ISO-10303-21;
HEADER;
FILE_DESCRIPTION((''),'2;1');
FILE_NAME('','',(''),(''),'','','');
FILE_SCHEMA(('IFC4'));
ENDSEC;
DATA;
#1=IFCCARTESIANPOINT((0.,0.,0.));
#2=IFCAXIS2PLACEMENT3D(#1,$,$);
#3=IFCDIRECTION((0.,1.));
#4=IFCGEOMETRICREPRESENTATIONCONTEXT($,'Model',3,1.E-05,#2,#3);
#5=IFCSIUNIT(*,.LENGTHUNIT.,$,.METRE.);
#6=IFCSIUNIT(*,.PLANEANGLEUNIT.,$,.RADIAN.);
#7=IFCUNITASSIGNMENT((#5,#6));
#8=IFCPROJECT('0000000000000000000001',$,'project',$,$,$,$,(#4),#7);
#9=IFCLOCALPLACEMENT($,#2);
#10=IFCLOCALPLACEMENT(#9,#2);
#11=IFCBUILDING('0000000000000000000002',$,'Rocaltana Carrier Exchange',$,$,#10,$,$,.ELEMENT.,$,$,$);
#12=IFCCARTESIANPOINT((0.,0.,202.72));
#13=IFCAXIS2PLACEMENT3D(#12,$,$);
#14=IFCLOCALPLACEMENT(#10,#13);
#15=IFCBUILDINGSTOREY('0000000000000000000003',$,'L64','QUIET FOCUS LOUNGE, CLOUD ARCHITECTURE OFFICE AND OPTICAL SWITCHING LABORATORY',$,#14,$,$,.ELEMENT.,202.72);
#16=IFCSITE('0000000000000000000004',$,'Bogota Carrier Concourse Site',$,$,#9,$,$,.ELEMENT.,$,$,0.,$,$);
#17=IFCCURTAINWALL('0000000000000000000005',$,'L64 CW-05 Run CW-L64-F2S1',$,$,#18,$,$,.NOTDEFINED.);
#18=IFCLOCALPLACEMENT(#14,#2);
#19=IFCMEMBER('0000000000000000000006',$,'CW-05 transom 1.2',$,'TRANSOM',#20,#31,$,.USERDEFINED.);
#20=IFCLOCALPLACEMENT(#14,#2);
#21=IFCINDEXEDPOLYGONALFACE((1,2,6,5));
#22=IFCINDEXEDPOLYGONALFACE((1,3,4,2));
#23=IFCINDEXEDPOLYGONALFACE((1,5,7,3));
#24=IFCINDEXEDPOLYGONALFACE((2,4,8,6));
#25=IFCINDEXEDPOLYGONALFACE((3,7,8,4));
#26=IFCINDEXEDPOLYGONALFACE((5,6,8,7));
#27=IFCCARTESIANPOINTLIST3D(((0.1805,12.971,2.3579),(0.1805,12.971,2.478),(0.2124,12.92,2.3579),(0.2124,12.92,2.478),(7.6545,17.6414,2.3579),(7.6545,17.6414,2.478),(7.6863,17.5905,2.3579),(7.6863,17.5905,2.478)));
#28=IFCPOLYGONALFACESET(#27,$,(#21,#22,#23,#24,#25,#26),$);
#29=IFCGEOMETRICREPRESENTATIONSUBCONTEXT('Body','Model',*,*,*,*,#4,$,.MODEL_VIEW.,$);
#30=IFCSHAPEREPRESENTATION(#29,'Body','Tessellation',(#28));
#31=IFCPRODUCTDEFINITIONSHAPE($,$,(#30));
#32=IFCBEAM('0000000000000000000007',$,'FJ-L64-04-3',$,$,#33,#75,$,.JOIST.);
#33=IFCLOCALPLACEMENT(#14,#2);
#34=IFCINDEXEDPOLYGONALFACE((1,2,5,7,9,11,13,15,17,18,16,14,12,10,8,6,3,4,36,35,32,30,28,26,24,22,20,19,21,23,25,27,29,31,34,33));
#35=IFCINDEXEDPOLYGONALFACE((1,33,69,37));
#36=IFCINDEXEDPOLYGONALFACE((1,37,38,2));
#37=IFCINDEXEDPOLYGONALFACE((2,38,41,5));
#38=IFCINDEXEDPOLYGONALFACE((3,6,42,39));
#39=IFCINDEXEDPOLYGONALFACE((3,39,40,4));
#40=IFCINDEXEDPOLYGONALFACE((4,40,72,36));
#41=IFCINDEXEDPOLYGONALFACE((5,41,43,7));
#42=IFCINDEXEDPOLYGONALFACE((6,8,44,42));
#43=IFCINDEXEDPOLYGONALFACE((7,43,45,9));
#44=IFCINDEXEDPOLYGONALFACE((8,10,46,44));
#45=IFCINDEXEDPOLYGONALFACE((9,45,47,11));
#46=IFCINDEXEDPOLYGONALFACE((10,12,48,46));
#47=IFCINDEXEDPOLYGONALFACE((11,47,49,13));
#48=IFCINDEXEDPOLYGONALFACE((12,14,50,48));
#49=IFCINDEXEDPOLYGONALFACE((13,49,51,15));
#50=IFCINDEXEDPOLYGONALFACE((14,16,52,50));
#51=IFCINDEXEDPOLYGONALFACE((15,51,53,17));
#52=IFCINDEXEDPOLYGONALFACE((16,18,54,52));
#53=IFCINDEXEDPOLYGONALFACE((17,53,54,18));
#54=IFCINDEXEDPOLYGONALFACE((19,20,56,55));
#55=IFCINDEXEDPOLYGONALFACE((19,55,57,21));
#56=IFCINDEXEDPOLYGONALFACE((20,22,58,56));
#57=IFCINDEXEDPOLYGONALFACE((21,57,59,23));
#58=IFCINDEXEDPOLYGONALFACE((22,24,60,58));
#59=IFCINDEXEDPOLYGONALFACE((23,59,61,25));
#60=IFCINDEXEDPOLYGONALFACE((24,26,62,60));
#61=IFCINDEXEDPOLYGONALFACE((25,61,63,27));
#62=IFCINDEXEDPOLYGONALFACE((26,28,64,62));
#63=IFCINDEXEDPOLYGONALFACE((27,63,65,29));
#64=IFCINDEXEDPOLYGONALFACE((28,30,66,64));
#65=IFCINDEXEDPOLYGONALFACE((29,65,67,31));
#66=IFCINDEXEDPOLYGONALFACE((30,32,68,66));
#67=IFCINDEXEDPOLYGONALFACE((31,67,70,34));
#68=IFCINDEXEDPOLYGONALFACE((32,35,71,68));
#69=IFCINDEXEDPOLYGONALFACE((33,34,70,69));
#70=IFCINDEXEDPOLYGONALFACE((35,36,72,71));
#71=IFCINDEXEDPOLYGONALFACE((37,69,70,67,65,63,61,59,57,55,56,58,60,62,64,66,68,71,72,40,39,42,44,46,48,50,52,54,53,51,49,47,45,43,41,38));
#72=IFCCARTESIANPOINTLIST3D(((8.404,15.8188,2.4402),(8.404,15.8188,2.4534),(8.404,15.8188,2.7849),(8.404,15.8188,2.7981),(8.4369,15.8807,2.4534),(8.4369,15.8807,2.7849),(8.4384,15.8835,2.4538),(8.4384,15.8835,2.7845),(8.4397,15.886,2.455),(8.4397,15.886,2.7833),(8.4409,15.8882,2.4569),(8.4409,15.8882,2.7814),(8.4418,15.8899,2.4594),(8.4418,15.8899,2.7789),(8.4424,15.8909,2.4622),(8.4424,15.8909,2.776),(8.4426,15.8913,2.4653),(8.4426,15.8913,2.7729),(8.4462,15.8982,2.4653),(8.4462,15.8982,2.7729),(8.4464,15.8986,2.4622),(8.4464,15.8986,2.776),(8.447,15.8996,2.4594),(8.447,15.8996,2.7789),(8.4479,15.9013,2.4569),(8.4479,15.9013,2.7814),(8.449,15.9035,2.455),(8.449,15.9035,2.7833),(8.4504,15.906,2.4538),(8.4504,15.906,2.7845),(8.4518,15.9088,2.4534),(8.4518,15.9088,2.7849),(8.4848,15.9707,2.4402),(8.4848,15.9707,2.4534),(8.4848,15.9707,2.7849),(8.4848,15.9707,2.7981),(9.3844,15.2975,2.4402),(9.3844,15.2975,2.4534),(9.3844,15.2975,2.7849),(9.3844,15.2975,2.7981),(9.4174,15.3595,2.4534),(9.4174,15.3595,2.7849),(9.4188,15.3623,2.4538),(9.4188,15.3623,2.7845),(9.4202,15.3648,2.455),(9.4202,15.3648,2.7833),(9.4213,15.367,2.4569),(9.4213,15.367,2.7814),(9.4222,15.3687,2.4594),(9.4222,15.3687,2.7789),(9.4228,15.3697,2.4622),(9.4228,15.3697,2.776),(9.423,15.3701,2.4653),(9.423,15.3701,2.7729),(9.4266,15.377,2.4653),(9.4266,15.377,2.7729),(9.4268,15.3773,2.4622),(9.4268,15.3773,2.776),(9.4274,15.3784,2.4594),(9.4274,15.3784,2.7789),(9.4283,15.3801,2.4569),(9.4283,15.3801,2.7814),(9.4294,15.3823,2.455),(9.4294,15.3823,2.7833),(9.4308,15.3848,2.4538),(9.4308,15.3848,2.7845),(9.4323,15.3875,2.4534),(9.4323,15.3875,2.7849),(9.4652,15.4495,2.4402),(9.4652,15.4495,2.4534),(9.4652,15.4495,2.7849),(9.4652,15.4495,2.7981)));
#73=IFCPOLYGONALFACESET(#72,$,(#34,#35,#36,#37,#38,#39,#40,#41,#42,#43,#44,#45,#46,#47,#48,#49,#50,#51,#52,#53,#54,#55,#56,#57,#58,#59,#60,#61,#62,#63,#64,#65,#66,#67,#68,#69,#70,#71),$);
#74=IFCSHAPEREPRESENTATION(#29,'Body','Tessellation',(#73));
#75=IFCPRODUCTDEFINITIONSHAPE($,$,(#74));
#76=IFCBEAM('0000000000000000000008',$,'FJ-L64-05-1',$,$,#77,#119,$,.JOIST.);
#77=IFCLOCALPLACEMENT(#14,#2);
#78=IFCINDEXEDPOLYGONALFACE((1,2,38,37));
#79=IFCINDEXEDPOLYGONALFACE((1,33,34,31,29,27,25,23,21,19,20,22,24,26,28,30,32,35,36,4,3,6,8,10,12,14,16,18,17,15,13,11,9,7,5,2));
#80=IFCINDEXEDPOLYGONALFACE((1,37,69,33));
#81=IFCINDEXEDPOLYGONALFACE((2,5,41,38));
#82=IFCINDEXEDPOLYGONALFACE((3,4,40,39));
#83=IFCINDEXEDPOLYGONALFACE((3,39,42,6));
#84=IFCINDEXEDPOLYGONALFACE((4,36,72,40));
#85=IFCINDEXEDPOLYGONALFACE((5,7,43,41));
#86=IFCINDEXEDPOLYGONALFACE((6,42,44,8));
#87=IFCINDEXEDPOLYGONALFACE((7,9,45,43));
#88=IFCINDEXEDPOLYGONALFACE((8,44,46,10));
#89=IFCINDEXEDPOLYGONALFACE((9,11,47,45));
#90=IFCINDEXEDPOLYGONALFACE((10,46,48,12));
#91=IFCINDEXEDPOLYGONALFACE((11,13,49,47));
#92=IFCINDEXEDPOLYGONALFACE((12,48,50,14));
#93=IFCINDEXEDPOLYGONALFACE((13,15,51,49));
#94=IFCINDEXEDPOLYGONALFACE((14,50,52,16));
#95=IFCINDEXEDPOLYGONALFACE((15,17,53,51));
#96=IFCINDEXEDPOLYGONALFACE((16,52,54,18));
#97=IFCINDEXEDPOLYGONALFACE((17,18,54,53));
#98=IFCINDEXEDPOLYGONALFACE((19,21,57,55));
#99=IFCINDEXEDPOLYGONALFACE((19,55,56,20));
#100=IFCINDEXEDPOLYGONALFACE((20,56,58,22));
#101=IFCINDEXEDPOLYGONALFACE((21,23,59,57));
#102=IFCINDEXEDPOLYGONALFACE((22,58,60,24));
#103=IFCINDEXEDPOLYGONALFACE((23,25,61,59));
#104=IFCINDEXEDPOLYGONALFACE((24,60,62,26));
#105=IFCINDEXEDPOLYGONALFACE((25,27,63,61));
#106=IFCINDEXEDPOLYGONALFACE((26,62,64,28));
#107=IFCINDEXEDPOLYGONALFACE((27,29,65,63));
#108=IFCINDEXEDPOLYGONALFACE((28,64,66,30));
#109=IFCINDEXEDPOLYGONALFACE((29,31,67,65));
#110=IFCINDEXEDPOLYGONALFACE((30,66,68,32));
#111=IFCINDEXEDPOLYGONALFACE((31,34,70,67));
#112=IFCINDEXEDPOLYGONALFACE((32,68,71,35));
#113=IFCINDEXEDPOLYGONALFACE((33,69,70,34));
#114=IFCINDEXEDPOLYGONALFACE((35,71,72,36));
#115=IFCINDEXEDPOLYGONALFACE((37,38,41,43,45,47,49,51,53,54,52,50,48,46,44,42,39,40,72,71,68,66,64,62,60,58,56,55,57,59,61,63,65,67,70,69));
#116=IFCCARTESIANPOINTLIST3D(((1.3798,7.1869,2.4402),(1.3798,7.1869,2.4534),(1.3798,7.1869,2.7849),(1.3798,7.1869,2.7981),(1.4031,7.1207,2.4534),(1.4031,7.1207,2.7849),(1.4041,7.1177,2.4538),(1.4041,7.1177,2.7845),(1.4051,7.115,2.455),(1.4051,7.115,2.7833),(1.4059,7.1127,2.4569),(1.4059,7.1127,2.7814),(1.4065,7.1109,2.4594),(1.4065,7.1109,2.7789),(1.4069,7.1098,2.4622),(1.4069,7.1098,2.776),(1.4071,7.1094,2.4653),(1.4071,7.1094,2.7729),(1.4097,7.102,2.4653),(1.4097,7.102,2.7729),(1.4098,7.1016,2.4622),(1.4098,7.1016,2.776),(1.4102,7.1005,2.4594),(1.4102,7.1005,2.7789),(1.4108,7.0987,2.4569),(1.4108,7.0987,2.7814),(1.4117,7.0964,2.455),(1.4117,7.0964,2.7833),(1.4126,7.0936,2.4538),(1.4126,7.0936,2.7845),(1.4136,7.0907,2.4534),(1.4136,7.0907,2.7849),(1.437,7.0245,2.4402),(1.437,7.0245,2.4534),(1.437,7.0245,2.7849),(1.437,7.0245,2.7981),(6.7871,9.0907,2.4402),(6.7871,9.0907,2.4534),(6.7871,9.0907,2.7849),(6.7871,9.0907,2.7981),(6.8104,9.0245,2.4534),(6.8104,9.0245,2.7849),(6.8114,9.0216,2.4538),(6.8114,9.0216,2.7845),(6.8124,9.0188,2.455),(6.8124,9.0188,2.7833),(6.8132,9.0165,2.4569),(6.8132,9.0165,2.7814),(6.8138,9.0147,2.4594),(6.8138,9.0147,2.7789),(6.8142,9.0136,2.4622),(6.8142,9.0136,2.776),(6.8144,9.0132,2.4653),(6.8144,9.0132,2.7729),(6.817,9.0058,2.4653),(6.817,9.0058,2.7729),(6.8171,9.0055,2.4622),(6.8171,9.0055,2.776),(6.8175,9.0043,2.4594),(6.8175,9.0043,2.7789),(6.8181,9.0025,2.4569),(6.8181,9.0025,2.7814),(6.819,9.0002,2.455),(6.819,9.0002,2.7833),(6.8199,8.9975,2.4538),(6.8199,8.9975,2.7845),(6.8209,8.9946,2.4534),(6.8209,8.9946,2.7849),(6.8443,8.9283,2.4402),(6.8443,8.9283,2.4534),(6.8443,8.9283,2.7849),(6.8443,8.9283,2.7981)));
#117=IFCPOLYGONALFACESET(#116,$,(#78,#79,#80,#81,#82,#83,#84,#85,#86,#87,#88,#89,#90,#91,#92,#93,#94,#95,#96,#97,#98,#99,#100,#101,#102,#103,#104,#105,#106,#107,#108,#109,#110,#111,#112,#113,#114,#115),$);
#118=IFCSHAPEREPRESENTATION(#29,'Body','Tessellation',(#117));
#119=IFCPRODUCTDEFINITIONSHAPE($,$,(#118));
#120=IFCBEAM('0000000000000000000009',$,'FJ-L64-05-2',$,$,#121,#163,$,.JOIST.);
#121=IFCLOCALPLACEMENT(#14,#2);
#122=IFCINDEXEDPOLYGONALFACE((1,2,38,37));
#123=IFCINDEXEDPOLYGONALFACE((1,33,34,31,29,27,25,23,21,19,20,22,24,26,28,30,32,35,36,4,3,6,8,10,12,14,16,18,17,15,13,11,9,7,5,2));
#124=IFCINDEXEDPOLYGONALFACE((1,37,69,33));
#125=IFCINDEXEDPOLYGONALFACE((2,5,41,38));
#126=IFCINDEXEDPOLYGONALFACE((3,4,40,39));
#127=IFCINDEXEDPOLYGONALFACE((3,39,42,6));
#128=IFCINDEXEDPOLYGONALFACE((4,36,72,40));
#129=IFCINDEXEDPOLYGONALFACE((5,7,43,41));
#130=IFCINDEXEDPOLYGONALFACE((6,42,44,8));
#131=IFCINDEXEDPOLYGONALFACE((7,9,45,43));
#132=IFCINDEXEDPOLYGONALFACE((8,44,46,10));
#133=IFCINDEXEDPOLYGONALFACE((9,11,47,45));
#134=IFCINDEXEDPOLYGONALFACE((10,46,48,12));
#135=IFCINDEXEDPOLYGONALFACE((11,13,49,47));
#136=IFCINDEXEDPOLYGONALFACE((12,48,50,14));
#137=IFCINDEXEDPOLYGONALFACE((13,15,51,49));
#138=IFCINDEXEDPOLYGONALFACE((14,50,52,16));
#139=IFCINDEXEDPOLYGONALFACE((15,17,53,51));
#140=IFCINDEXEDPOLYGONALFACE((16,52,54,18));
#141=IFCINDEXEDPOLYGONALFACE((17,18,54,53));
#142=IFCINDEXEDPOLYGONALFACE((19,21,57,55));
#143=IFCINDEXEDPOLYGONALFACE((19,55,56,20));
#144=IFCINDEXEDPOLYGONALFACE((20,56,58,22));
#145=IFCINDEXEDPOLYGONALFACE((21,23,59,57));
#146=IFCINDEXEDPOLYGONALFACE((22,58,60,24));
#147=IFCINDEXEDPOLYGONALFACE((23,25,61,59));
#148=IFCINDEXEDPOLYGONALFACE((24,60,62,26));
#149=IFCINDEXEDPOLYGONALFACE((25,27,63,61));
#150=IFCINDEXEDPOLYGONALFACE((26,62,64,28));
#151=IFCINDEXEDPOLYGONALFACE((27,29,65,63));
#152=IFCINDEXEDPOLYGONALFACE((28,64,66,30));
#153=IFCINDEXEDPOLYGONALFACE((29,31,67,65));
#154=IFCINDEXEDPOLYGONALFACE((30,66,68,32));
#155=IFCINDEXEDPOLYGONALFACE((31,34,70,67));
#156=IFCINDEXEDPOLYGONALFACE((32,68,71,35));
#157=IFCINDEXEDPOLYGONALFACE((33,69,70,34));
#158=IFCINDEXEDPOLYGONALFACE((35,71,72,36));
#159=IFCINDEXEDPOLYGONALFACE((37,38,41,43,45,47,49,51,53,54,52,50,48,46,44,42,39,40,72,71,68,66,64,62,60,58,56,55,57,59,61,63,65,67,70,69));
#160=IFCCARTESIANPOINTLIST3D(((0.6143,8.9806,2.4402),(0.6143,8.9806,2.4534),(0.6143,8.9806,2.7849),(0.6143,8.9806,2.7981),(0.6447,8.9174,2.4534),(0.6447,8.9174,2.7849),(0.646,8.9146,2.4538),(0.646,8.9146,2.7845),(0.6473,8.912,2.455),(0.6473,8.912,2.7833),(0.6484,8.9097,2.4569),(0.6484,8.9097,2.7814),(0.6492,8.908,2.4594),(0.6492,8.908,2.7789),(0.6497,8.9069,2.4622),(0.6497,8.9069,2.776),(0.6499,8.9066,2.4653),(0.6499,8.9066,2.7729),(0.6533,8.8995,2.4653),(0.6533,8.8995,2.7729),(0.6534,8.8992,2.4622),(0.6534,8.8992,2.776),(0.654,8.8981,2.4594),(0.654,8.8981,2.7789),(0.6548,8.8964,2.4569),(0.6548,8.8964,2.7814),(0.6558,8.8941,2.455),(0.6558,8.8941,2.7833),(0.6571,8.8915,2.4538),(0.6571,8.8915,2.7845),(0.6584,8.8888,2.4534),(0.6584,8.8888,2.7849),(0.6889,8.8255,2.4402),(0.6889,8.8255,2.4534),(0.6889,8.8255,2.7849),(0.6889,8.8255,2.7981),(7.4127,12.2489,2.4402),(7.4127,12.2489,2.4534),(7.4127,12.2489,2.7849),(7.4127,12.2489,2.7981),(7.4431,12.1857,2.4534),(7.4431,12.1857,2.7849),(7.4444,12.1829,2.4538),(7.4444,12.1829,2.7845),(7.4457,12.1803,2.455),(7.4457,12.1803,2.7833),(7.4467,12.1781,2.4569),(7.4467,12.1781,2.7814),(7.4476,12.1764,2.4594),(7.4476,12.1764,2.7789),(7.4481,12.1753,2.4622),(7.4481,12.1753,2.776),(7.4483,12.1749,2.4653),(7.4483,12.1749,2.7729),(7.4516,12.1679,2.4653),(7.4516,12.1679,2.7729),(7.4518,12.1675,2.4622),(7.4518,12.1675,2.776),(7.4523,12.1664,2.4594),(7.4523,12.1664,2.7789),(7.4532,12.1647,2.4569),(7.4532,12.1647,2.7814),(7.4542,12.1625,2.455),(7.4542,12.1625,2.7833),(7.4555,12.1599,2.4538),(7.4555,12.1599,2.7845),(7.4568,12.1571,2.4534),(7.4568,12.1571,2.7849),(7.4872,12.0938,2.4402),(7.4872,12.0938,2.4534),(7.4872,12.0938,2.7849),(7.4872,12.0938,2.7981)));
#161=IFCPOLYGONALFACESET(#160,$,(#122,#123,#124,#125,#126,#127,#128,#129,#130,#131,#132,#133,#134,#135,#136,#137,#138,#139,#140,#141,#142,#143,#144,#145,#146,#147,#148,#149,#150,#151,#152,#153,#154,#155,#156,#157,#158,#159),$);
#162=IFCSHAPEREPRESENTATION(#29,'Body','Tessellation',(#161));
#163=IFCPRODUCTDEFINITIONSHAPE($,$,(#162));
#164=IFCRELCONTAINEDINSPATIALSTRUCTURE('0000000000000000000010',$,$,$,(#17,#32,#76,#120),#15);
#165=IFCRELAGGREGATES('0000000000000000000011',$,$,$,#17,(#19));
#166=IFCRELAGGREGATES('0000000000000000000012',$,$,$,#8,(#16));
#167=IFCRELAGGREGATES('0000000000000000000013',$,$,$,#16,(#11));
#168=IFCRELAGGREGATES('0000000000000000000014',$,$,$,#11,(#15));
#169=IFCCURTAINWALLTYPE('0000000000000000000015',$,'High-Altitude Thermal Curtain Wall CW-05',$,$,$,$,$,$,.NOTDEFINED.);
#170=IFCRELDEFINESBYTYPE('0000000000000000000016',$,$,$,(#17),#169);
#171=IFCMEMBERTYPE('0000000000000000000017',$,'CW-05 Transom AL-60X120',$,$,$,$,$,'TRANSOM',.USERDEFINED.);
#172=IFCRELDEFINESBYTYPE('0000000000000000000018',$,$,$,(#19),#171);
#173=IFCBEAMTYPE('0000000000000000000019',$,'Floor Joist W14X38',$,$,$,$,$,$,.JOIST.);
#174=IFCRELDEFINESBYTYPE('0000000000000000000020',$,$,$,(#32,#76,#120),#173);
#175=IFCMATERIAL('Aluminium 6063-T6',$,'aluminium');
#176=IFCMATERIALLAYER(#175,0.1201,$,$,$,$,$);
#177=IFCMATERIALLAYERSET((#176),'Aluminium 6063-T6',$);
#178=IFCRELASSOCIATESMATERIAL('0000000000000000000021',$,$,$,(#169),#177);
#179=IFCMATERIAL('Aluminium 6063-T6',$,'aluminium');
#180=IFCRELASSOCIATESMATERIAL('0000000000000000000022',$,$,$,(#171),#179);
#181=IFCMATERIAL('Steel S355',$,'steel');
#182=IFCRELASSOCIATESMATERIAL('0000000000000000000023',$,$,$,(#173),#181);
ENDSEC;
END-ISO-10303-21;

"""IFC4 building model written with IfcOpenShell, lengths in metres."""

from ifc_helpers import new_model, si_unit, direction, frame, origin, origin_2d, place, context, subcontext, project, spatial, rectangle, i_section, extrude, material, layer, layer_set, material_profile, profile_set, type_object, element, aggregate, save


model = new_model("IFC4")

# Units and contexts
model_context = context("Model", 3, precision=1e-05, world=origin(), true_north=direction((0.0, 1.0)))
body_context = subcontext(model_context, "Body", "Model", "MODEL_VIEW")
ifc_project = project(units=[si_unit("LENGTHUNIT", "METRE"), si_unit("PLANEANGLEUNIT", "RADIAN")], contexts=[model_context])

# Site, building, storey
site_placement = place(None, origin())
site = spatial("IfcSite", under=ifc_project, at=site_placement, Name="Bogota Carrier Concourse Site", CompositionType="ELEMENT", RefElevation=0.0)
building_placement = place(site_placement, origin())
building = spatial("IfcBuilding", under=site, at=building_placement, Name="Rocaltana Carrier Exchange", CompositionType="ELEMENT")
storey_placement = place(building_placement, frame((0.0, 0.0, 202.72)))
storey = spatial("IfcBuildingStorey", under=building, at=storey_placement, Name="L64", Description="QUIET FOCUS LOUNGE, CLOUD ARCHITECTURE OFFICE AND OPTICAL SWITCHING LABORATORY", CompositionType="ELEMENT", Elevation=202.72)

# Curtain wall
ifc_material_1 = material(Name="Aluminium 6063-T6", Category="aluminium")
ifc_layer_1 = layer(ifc_material_1, 0.1201)
ifc_layer_set_1 = layer_set([ifc_layer_1], Name="Aluminium 6063-T6")
curtain_wall_type = type_object("IfcCurtainWallType", Name="High-Altitude Thermal Curtain Wall CW-05", PredefinedType="NOTDEFINED", material=ifc_layer_set_1)
curtain_wall_1_placement = place(storey_placement, origin())
curtain_wall_1 = element("IfcCurtainWall", 1, at=curtain_wall_1_placement, inside=storey, type_object=curtain_wall_type, Name="L64 CW-05 Run CW-L64-F2S1", PredefinedType="NOTDEFINED")

# Member
ifc_material_2 = material(Name="Aluminium 6063-T6", Category="aluminium")
ifc_material_profile_1 = material_profile(ifc_material_2, rectangle(XDim=0.0601, YDim=0.1201, at=origin_2d()), Name="AL-60X120")
ifc_profile_set_1 = profile_set([ifc_material_profile_1], Name="Aluminium 6063-T6")
member_type_1 = type_object("IfcMemberType", Name="CW-05 Transom AL-60X120", ElementType="TRANSOM", PredefinedType="USERDEFINED", material=ifc_profile_set_1)
member_1_placement = place(storey_placement, frame((7.6704, 17.616, 2.418), z_axis=(-0.848037, -0.529937, 0.0), x_axis=(0.529937, -0.848037, 0.0)))
member_1 = element("IfcMember", 2, at=member_1_placement, type_object=member_type_1, Name="CW-05 transom 1.2", ObjectType="TRANSOM", PredefinedType="USERDEFINED", context=body_context, shape_type="SweptSolid", body=[
    extrude(rectangle(XDim=0.0601, YDim=0.1201, at=origin_2d()), origin(), (0.0, 0.0, 1.0), 8.8132),
])

# Beams
ifc_material_3 = material(Name="Steel S355", Category="steel")
ifc_material_profile_2 = material_profile(ifc_material_3, i_section(OverallWidth=0.1721, OverallDepth=0.3579, WebThickness=0.0078, FlangeThickness=0.0132, FilletRadius=0.012, at=origin_2d()), Name="W14X38")
ifc_profile_set_2 = profile_set([ifc_material_profile_2], Name="Steel S355")
beam_type_1 = type_object("IfcBeamType", Name="Floor Joist W14X38", PredefinedType="JOIST", material=ifc_profile_set_2)
beam_1_placement = place(storey_placement, frame((9.4248, 15.3735, 2.6191), z_axis=(-0.882979, 0.469412, 0.0), x_axis=(-0.469412, -0.882979, 0.0)))
element("IfcBeam", 3, at=beam_1_placement, inside=storey, type_object=beam_type_1, Name="FJ-L64-04-3", PredefinedType="JOIST", context=body_context, shape_type="SweptSolid", body=[
    extrude(i_section(OverallWidth=0.1721, OverallDepth=0.3579, WebThickness=0.0078, FlangeThickness=0.0132, FilletRadius=0.012, at=origin_2d()), origin(), (0.0, 0.0, 1.0), 1.1104),
])
beam_2_placement = place(storey_placement, frame((6.8157, 9.0095, 2.6191), z_axis=(-0.943243, -0.332103, 0.0), x_axis=(0.332103, -0.943243, 0.0)))
element("IfcBeam", 4, at=beam_2_placement, inside=storey, type_object=beam_type_1, Name="FJ-L64-05-1", PredefinedType="JOIST", context=body_context, shape_type="SweptSolid", body=[
    extrude(i_section(OverallWidth=0.1721, OverallDepth=0.3579, WebThickness=0.0078, FlangeThickness=0.0132, FilletRadius=0.012, at=origin_2d()), origin(), (0.0, 0.0, 1.0), 5.7327),
])
beam_3_placement = place(storey_placement, frame((7.45, 12.1714, 2.6191), z_axis=(-0.901259, -0.433281, 0.0), x_axis=(0.433281, -0.901259, 0.0)))
element("IfcBeam", 5, at=beam_3_placement, inside=storey, type_object=beam_type_1, Name="FJ-L64-05-2", PredefinedType="JOIST", context=body_context, shape_type="SweptSolid", body=[
    extrude(i_section(OverallWidth=0.1721, OverallDepth=0.3579, WebThickness=0.0078, FlangeThickness=0.0132, FilletRadius=0.012, at=origin_2d()), origin(), (0.0, 0.0, 1.0), 7.5432),
])

aggregate(curtain_wall_1, [member_1])

save(model, "model.ifc")
